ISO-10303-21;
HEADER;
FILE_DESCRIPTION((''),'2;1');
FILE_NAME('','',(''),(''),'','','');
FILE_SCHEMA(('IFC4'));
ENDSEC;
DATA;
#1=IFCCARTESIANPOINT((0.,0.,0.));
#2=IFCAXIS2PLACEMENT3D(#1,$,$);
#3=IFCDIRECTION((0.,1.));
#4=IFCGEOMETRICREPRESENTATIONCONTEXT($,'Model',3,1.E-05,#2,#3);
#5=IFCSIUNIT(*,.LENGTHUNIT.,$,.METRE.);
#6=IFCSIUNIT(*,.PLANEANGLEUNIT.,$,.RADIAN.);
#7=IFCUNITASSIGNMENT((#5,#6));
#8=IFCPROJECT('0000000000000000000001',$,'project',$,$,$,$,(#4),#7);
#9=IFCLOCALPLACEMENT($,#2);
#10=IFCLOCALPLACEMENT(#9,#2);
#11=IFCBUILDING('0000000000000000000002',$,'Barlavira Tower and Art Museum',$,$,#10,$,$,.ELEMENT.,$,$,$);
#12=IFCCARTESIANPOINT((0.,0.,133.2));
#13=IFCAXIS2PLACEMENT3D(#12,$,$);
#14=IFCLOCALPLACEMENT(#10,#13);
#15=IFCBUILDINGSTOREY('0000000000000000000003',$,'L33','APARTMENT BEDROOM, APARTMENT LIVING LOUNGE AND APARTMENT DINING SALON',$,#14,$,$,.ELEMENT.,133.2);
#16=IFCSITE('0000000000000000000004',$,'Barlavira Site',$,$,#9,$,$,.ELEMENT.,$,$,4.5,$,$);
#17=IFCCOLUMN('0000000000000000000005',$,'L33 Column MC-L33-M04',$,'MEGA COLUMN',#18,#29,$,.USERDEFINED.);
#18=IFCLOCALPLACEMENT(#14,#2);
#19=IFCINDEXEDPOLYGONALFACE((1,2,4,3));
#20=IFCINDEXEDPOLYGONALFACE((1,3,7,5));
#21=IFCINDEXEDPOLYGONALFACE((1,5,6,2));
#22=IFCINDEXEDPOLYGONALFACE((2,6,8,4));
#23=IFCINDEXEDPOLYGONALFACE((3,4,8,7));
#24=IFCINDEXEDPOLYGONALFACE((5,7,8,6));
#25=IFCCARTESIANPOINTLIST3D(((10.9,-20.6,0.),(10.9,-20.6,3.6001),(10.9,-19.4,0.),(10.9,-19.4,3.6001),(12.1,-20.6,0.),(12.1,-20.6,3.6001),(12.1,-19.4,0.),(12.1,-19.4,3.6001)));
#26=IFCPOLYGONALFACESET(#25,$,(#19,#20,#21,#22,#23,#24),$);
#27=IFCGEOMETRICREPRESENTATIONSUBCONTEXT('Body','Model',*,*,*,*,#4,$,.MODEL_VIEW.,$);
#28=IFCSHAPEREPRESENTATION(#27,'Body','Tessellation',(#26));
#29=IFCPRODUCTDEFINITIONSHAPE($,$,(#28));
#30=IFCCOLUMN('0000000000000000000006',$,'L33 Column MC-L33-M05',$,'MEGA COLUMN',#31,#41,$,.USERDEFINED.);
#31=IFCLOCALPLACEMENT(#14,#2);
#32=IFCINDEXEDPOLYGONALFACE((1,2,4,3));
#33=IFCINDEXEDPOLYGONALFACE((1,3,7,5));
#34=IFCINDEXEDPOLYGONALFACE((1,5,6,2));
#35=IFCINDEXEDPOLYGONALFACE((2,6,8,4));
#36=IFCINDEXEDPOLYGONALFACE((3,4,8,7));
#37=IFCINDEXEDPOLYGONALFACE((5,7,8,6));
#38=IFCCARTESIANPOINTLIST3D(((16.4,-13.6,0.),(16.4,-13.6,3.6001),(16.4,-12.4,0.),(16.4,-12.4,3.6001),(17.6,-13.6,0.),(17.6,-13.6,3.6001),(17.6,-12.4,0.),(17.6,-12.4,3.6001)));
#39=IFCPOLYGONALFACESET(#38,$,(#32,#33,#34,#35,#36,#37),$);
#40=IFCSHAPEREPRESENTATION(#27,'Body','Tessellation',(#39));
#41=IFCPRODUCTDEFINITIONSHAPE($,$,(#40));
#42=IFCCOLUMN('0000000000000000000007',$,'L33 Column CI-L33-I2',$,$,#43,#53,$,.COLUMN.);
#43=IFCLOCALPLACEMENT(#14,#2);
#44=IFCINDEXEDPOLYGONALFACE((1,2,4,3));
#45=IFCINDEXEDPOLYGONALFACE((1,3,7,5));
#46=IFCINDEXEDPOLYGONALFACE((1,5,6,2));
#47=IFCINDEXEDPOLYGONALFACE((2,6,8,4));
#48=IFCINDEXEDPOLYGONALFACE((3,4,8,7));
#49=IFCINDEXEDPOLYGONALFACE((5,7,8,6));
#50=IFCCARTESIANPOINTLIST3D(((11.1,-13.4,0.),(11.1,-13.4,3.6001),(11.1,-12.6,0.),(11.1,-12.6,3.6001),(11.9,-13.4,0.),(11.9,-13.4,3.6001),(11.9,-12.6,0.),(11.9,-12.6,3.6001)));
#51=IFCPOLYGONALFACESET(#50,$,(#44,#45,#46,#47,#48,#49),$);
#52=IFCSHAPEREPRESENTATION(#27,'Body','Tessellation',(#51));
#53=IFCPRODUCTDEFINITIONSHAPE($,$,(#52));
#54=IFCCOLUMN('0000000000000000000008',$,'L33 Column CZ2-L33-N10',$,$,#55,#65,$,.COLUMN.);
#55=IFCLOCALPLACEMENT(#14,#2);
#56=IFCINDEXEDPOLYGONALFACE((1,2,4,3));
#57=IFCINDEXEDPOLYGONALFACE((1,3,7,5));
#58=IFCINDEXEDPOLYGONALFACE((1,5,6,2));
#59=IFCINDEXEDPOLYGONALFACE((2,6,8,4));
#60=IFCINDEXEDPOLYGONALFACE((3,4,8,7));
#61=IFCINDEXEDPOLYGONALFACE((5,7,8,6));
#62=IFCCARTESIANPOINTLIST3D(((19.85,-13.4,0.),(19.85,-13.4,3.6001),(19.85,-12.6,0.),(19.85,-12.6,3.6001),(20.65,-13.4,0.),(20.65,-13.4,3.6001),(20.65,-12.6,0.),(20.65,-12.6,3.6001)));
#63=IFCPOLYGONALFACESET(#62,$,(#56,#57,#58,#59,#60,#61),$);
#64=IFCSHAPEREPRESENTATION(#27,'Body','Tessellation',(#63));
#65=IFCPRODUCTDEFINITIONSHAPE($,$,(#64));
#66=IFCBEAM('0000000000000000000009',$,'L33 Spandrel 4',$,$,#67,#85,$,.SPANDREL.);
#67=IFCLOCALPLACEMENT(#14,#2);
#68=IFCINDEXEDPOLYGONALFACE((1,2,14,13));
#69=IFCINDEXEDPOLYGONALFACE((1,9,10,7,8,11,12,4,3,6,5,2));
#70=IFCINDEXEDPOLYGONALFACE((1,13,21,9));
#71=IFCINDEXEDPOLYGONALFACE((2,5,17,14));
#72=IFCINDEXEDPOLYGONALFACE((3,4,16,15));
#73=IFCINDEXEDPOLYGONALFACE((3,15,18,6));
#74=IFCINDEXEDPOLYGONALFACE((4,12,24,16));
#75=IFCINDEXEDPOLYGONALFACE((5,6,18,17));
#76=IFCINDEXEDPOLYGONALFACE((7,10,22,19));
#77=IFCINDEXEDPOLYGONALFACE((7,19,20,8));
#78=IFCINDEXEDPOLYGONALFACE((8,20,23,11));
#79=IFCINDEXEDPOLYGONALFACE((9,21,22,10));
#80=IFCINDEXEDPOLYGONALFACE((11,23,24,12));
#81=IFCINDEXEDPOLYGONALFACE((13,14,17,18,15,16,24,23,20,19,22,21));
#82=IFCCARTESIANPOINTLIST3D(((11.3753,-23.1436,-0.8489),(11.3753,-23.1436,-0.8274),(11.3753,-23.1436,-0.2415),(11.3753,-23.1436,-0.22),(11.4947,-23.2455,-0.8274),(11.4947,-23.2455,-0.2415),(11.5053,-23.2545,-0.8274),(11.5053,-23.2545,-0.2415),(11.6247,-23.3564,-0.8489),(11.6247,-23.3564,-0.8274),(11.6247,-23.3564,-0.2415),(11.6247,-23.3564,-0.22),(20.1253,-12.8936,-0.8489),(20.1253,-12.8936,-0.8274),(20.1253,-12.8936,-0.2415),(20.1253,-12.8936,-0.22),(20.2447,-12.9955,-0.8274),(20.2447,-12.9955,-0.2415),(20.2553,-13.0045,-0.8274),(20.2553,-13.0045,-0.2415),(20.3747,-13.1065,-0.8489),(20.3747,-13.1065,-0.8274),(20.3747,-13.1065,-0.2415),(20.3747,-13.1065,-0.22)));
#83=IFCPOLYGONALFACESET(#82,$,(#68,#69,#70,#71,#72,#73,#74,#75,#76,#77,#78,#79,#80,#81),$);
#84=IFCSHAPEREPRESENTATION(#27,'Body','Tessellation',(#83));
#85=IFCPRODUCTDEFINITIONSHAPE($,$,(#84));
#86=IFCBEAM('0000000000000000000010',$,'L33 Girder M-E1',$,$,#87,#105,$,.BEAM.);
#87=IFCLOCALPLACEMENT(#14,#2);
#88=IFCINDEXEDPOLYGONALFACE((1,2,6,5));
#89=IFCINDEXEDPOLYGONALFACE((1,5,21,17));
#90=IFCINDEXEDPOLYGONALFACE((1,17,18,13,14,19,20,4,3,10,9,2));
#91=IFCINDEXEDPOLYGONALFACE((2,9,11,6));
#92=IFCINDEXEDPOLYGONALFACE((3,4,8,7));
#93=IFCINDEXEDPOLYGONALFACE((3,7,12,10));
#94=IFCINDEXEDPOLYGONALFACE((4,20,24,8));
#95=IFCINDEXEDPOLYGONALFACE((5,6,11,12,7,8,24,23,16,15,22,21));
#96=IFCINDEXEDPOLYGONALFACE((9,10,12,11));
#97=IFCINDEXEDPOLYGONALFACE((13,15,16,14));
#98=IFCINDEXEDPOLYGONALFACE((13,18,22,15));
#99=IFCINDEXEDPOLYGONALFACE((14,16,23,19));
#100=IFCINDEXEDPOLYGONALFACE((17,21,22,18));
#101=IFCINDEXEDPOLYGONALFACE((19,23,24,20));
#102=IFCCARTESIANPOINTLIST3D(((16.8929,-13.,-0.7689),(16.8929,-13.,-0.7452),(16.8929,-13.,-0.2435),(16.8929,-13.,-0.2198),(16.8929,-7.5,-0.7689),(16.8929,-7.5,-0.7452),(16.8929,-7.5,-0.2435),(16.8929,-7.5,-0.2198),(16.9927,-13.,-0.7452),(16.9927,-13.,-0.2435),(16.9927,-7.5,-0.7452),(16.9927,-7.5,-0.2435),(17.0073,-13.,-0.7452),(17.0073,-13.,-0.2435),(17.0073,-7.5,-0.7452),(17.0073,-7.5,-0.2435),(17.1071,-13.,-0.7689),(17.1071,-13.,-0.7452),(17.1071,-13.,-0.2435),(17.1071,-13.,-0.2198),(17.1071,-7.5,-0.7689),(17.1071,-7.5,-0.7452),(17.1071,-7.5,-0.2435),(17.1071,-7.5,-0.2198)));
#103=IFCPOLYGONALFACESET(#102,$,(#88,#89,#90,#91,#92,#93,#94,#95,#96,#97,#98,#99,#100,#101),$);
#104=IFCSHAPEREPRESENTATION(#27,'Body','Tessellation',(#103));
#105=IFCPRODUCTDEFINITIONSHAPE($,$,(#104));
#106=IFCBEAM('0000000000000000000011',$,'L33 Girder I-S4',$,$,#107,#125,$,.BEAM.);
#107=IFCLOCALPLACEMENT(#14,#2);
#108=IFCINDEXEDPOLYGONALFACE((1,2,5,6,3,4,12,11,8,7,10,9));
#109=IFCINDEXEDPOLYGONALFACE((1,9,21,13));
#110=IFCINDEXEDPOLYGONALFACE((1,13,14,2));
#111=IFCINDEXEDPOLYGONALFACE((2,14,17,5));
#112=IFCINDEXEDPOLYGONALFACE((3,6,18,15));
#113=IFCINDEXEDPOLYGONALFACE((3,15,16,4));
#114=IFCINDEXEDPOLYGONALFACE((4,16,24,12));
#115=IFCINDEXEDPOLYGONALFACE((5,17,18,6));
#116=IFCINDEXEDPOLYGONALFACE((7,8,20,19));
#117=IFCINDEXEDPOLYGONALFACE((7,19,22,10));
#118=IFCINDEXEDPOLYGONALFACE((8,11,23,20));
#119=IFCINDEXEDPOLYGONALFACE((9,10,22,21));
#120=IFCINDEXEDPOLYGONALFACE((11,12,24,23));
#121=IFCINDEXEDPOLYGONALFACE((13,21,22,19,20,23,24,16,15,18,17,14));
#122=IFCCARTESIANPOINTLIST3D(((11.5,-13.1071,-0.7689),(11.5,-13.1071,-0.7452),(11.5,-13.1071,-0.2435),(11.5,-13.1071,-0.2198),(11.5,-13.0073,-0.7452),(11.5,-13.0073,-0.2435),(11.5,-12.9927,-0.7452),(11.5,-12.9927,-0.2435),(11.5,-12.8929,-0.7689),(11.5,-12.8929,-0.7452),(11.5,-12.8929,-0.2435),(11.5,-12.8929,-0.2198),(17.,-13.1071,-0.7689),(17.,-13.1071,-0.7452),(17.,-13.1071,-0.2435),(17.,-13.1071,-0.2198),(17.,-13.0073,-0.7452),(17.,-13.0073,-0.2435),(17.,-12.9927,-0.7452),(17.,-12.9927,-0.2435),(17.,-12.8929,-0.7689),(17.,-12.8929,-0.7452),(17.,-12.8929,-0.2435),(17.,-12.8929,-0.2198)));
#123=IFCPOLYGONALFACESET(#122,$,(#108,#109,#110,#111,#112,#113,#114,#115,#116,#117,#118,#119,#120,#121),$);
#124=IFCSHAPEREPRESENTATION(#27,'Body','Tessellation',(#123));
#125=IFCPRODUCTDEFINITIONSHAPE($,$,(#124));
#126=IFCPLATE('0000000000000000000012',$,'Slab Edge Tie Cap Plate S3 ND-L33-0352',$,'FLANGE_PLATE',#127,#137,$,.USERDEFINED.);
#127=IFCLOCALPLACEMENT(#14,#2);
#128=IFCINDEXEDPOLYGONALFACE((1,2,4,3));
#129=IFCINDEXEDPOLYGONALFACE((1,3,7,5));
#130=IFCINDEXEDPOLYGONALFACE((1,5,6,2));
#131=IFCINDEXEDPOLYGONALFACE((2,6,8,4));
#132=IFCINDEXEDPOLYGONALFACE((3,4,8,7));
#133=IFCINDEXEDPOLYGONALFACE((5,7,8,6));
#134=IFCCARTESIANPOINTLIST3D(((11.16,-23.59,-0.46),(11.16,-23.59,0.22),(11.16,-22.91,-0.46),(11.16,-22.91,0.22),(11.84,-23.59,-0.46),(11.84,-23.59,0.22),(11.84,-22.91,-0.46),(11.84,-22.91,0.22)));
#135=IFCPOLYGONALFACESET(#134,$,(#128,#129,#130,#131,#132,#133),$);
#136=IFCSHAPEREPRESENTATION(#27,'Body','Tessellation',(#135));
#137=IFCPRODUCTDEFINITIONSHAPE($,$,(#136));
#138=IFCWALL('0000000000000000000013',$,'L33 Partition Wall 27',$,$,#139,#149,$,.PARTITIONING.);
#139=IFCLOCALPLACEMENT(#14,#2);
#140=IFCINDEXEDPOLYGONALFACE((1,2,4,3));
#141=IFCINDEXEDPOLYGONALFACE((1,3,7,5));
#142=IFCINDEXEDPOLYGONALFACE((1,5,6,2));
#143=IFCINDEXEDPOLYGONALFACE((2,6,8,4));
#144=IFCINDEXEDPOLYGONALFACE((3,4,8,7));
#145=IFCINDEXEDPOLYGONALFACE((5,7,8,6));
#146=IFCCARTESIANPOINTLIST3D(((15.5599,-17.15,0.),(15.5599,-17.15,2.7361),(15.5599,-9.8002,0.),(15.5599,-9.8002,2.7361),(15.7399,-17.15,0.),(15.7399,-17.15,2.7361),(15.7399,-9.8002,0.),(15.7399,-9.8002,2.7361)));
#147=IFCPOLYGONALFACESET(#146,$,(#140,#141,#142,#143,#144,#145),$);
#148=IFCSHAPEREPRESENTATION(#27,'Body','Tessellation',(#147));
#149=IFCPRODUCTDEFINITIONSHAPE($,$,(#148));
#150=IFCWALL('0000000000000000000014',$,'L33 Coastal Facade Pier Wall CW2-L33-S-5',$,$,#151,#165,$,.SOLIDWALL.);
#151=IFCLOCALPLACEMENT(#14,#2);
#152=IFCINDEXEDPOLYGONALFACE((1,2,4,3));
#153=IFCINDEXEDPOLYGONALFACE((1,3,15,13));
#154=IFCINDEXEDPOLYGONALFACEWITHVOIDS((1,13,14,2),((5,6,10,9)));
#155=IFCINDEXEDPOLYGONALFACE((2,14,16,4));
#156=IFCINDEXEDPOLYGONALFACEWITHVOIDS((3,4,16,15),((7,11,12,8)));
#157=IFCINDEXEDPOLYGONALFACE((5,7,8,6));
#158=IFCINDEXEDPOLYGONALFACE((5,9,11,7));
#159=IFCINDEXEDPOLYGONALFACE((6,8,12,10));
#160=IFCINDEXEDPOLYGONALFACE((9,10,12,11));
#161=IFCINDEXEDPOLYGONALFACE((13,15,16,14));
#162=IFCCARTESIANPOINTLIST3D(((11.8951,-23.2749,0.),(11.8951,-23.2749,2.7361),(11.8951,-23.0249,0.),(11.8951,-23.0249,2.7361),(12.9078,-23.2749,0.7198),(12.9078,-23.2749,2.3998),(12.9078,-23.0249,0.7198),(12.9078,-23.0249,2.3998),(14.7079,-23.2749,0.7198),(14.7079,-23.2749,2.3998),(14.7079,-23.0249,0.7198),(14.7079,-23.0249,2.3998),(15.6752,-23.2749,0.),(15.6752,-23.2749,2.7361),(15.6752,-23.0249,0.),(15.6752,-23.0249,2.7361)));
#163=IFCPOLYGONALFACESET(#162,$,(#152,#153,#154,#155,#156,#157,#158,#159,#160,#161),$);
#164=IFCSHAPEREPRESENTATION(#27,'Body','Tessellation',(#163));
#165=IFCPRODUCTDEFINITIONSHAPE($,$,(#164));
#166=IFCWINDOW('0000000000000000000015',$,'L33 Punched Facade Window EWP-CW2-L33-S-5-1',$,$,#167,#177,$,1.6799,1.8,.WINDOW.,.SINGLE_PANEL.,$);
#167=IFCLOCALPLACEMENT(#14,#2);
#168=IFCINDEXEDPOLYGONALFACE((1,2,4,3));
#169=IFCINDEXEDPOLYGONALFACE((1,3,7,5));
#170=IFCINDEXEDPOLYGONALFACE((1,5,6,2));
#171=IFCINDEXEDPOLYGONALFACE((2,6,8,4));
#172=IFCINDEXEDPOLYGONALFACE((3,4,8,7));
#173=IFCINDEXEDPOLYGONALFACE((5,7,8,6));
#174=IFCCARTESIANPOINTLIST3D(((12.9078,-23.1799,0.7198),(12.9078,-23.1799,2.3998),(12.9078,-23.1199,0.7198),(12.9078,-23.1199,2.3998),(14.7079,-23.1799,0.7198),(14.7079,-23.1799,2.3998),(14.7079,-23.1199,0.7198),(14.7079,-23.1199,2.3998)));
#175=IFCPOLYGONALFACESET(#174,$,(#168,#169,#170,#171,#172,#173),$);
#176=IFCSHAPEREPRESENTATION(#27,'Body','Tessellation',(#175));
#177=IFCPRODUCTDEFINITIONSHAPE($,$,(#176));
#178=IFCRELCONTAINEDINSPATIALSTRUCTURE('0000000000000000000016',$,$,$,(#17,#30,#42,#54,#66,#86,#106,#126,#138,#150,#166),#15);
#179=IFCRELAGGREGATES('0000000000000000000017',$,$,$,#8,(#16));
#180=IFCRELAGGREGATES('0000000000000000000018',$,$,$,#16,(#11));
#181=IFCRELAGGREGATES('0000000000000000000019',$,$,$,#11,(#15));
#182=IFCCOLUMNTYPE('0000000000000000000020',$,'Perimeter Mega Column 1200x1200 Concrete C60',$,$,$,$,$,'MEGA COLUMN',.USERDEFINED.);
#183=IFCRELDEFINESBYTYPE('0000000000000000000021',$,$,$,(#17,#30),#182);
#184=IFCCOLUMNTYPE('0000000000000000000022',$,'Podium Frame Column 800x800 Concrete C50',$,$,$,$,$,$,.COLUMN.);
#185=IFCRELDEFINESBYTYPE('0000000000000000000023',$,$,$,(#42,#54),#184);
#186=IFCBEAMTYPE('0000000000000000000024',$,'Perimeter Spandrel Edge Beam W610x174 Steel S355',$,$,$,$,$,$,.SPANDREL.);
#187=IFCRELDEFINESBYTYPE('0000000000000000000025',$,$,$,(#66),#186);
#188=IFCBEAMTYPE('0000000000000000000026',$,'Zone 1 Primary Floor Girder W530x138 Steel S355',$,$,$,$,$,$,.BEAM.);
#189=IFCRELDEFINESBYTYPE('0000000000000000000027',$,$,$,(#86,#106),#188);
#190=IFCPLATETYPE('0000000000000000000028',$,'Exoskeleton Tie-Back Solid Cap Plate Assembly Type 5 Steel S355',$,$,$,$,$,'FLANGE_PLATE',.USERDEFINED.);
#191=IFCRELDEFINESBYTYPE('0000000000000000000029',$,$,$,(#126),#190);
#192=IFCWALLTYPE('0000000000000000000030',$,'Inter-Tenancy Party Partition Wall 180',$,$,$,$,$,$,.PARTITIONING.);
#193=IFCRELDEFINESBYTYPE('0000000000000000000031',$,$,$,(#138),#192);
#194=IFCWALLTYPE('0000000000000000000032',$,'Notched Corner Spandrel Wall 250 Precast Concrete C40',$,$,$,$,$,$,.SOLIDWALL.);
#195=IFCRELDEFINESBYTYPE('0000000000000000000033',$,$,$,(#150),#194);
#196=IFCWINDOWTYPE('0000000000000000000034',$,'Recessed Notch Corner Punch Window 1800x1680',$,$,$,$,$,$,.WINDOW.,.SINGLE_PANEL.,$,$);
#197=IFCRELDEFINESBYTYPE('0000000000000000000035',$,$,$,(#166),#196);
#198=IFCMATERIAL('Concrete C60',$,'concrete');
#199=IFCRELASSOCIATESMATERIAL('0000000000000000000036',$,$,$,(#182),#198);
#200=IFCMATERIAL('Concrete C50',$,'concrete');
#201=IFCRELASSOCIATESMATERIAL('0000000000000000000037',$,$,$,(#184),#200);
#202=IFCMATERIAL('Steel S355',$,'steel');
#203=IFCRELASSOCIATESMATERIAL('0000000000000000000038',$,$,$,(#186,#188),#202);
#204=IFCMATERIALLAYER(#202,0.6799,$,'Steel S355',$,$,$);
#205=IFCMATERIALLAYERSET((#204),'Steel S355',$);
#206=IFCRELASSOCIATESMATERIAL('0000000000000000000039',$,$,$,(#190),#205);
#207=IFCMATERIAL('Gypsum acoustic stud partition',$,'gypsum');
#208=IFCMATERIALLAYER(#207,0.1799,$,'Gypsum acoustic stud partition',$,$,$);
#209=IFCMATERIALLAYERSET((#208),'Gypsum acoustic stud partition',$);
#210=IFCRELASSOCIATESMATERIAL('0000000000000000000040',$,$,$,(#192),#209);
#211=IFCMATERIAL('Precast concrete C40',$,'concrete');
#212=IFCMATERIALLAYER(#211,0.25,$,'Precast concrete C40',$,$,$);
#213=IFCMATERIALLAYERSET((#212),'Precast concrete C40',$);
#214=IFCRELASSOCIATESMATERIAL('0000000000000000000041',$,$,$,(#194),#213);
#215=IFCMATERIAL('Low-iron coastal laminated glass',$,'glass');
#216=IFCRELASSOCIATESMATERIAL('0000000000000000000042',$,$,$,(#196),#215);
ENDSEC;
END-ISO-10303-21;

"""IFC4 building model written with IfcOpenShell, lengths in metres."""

from ifc_helpers import new_model, si_unit, direction, frame, frame_2d, origin, origin_2d, place, context, subcontext, project, spatial, rectangle, i_section, extrude, material, layer, layer_set, material_profile, profile_set, type_object, element, fill, save


model = new_model("IFC4")

# Units and contexts
model_context = context("Model", 3, precision=1e-05, world=origin(), true_north=direction((0.0, 1.0)))
body_context = subcontext(model_context, "Body", "Model", "MODEL_VIEW")
ifc_project = project(units=[si_unit("LENGTHUNIT", "METRE"), si_unit("PLANEANGLEUNIT", "RADIAN")], contexts=[model_context])

# Site, building, storey
site_placement = place(None, origin())
site = spatial("IfcSite", under=ifc_project, at=site_placement, Name="Barlavira Site", CompositionType="ELEMENT", RefElevation=4.5)
building_placement = place(site_placement, origin())
building = spatial("IfcBuilding", under=site, at=building_placement, Name="Barlavira Tower and Art Museum", CompositionType="ELEMENT")
storey_placement = place(building_placement, frame((0.0, 0.0, 133.2)))
storey = spatial("IfcBuildingStorey", under=building, at=storey_placement, Name="L33", Description="APARTMENT BEDROOM, APARTMENT LIVING LOUNGE AND APARTMENT DINING SALON", CompositionType="ELEMENT", Elevation=133.2)

# Columns
ifc_material_1 = material(Name="Concrete C60", Category="concrete")
ifc_material_profile_1 = material_profile(ifc_material_1, rectangle(XDim=1.2, YDim=1.2, at=origin_2d()), Name="RC-COL 1200x1200")
ifc_profile_set_1 = profile_set([ifc_material_profile_1], Name="Concrete C60")
column_type_1 = type_object("IfcColumnType", Name="Perimeter Mega Column 1200x1200 Concrete C60", ElementType="MEGA COLUMN", PredefinedType="USERDEFINED", material=ifc_profile_set_1)
for number, where, z_axis, x_axis, name in (
    (1, (11.5, -20.0, 0.0), (0.0, 0.0, 1.0), (1.0, 0.0, 0.0), "L33 Column MC-L33-M04"),
    (2, (17.0, -13.0, 0.0), (0.0, 0.0, 1.0), (1.0, 0.0, 0.0), "L33 Column MC-L33-M05"),
):
    element("IfcColumn", number, at=place(storey_placement, frame(where, z_axis=z_axis, x_axis=x_axis)), inside=storey, type_object=column_type_1, Name=name, ObjectType="MEGA COLUMN", PredefinedType="USERDEFINED", context=body_context, shape_type="SweptSolid", body=[
        extrude(rectangle(XDim=1.2, YDim=1.2, at=origin_2d()), origin(), (0.0, 0.0, 1.0), 3.6001),
    ])
ifc_material_2 = material(Name="Concrete C50", Category="concrete")
ifc_material_profile_2 = material_profile(ifc_material_2, rectangle(XDim=0.8, YDim=0.8, at=origin_2d()), Name="RC-COL 800x800")
ifc_profile_set_2 = profile_set([ifc_material_profile_2], Name="Concrete C50")
column_type_2 = type_object("IfcColumnType", Name="Podium Frame Column 800x800 Concrete C50", PredefinedType="COLUMN", material=ifc_profile_set_2)
for number, where, z_axis, x_axis, name in (
    (3, (11.5, -13.0, 0.0), (0.0, 0.0, 1.0), (1.0, 0.0, 0.0), "L33 Column CI-L33-I2"),
    (4, (20.25, -13.0, 0.0), (0.0, 0.0, 1.0), (1.0, 0.0, 0.0), "L33 Column CZ2-L33-N10"),
):
    element("IfcColumn", number, at=place(storey_placement, frame(where, z_axis=z_axis, x_axis=x_axis)), inside=storey, type_object=column_type_2, Name=name, PredefinedType="COLUMN", context=body_context, shape_type="SweptSolid", body=[
        extrude(rectangle(XDim=0.8, YDim=0.8, at=origin_2d()), origin(), (0.0, 0.0, 1.0), 3.6001),
    ])

# Beams
ifc_material_3 = material(Name="Steel S355", Category="steel")
ifc_material_profile_3 = material_profile(ifc_material_3, i_section(OverallWidth=0.3279, OverallDepth=0.6289, WebThickness=0.0139, FlangeThickness=0.0215, at=origin_2d()), Name="W610x174.0")
ifc_profile_set_3 = profile_set([ifc_material_profile_3], Name="Steel S355")
beam_type_1 = type_object("IfcBeamType", Name="Perimeter Spandrel Edge Beam W610x174 Steel S355", PredefinedType="SPANDREL", material=ifc_profile_set_3)
beam_placement = place(storey_placement, frame((11.5, -23.25, -0.5344), z_axis=(0.649262, 0.760565, 0.0), x_axis=(-0.760565, 0.649262, 0.0)))
element("IfcBeam", 5, at=beam_placement, inside=storey, type_object=beam_type_1, Name="L33 Spandrel 4", PredefinedType="SPANDREL", context=body_context, shape_type="SweptSolid", body=[
    extrude(i_section(OverallWidth=0.3279, OverallDepth=0.6289, WebThickness=0.0139, FlangeThickness=0.0215, at=origin_2d()), origin(), (0.0, 0.0, 1.0), 13.4768),
])
ifc_material_profile_4 = material_profile(ifc_material_3, i_section(OverallWidth=0.2141, OverallDepth=0.5491, WebThickness=0.0146, FlangeThickness=0.0237, at=origin_2d()), Name="W530x138.0")
ifc_profile_set_4 = profile_set([ifc_material_profile_4], Name="Steel S355")
beam_type_2 = type_object("IfcBeamType", Name="Zone 1 Primary Floor Girder W530x138 Steel S355", PredefinedType="BEAM", material=ifc_profile_set_4)
for number, where, z_axis, x_axis, name in (
    (6, (17.0, -13.0, -0.4944), (0.0, 1.0, 0.0), (-1.0, 0.0, 0.0), "L33 Girder M-E1"),
    (7, (11.5, -13.0, -0.4944), (1.0, 0.0, 0.0), (0.0, 1.0, 0.0), "L33 Girder I-S4"),
):
    element("IfcBeam", number, at=place(storey_placement, frame(where, z_axis=z_axis, x_axis=x_axis)), inside=storey, type_object=beam_type_2, Name=name, PredefinedType="BEAM", context=body_context, shape_type="SweptSolid", body=[
        extrude(i_section(OverallWidth=0.2141, OverallDepth=0.5491, WebThickness=0.0146, FlangeThickness=0.0237, at=origin_2d()), origin(), (0.0, 0.0, 1.0), 5.5),
    ])

# Plate
ifc_layer_1 = layer(ifc_material_3, 0.6799, Name="Steel S355")
ifc_layer_set_1 = layer_set([ifc_layer_1], Name="Steel S355")
plate_type = type_object("IfcPlateType", Name="Exoskeleton Tie-Back Solid Cap Plate Assembly Type 5 Steel S355", ElementType="FLANGE_PLATE", PredefinedType="USERDEFINED", material=ifc_layer_set_1)
plate_placement = place(storey_placement, frame((11.5, -23.25, -0.46), z_axis=(0.0, 0.0, 1.0), x_axis=(1.0, 0.0, 0.0)))
element("IfcPlate", 8, at=plate_placement, inside=storey, type_object=plate_type, Name="Slab Edge Tie Cap Plate S3 ND-L33-0352", ObjectType="FLANGE_PLATE", PredefinedType="USERDEFINED", context=body_context, shape_type="SweptSolid", body=[
    extrude(rectangle(XDim=0.6799, YDim=0.6799, at=origin_2d()), origin(), (0.0, 0.0, 1.0), 0.6799),
])

# Wall
ifc_material_4 = material(Name="Gypsum acoustic stud partition", Category="gypsum")
ifc_layer_2 = layer(ifc_material_4, 0.1799, Name="Gypsum acoustic stud partition")
ifc_layer_set_2 = layer_set([ifc_layer_2], Name="Gypsum acoustic stud partition")
wall_type_1 = type_object("IfcWallType", Name="Inter-Tenancy Party Partition Wall 180", PredefinedType="PARTITIONING", material=ifc_layer_set_2)
wall_1_placement = place(storey_placement, frame((15.6499, -17.1499, 0.0), z_axis=(0.0, 0.0, 1.0), x_axis=(0.0, 1.0, 0.0)))
element("IfcWall", 9, at=wall_1_placement, inside=storey, type_object=wall_type_1, Name="L33 Partition Wall 27", PredefinedType="PARTITIONING", context=body_context, shape_type="SweptSolid", body=[
    extrude(rectangle(XDim=7.3499, YDim=0.1799, at=frame_2d((3.6748, 0.0))), origin(), (0.0, 0.0, 1.0), 2.7361),
])

# Wall, opening, window
ifc_material_5 = material(Name="Precast concrete C40", Category="concrete")
ifc_layer_3 = layer(ifc_material_5, 0.25, Name="Precast concrete C40")
ifc_layer_set_3 = layer_set([ifc_layer_3], Name="Precast concrete C40")
wall_type_2 = type_object("IfcWallType", Name="Notched Corner Spandrel Wall 250 Precast Concrete C40", PredefinedType="SOLIDWALL", material=ifc_layer_set_3)
wall_2_placement = place(storey_placement, frame((11.895, -23.1499, 0.0), z_axis=(0.0, 0.0, 1.0), x_axis=(1.0, 0.0, 0.0)))
wall_2 = element("IfcWall", 10, at=wall_2_placement, inside=storey, type_object=wall_type_2, Name="L33 Coastal Facade Pier Wall CW2-L33-S-5", PredefinedType="SOLIDWALL", context=body_context, shape_type="SweptSolid", body=[
    extrude(rectangle(XDim=3.78, YDim=0.25, at=frame_2d((1.8901, 0.0))), origin(), (0.0, 0.0, 1.0), 2.7361),
])
opening_1_placement = place(wall_2_placement, frame((1.0129, 0.0, 0.72)))
opening_1 = element("IfcOpeningElement", 11, at=opening_1_placement, cuts=wall_2, PredefinedType="OPENING", context=body_context, shape_type="SweptSolid", body=[
    extrude(rectangle(XDim=1.8, YDim=1.6799, at=frame_2d((0.8999, 0.8398))), frame((0.0, 0.135, 0.0), z_axis=(0.0, -1.0, 0.0), x_axis=(1.0, 0.0, 0.0)), (0.0, 0.0, 1.0), 0.27),
])
ifc_material_6 = material(Name="Low-iron coastal laminated glass", Category="glass")
window_type = type_object("IfcWindowType", Name="Recessed Notch Corner Punch Window 1800x1680", PartitioningType="SINGLE_PANEL", PredefinedType="WINDOW", material=ifc_material_6)
window_1_placement = place(opening_1_placement, origin())
window_1 = element("IfcWindow", 12, at=window_1_placement, inside=storey, type_object=window_type, Name="L33 Punched Facade Window EWP-CW2-L33-S-5-1", OverallHeight=1.6799, OverallWidth=1.8, PartitioningType="SINGLE_PANEL", PredefinedType="WINDOW", context=body_context, shape_type="SweptSolid", body=[
    extrude(rectangle(XDim=1.8, YDim=1.6799, at=frame_2d((0.8999, 0.8398))), frame((0.0, 0.03, 0.0), z_axis=(0.0, -1.0, 0.0), x_axis=(1.0, 0.0, 0.0)), (0.0, 0.0, 1.0), 0.0601),
])
fill(opening_1, window_1)

save(model, "model.ifc")
